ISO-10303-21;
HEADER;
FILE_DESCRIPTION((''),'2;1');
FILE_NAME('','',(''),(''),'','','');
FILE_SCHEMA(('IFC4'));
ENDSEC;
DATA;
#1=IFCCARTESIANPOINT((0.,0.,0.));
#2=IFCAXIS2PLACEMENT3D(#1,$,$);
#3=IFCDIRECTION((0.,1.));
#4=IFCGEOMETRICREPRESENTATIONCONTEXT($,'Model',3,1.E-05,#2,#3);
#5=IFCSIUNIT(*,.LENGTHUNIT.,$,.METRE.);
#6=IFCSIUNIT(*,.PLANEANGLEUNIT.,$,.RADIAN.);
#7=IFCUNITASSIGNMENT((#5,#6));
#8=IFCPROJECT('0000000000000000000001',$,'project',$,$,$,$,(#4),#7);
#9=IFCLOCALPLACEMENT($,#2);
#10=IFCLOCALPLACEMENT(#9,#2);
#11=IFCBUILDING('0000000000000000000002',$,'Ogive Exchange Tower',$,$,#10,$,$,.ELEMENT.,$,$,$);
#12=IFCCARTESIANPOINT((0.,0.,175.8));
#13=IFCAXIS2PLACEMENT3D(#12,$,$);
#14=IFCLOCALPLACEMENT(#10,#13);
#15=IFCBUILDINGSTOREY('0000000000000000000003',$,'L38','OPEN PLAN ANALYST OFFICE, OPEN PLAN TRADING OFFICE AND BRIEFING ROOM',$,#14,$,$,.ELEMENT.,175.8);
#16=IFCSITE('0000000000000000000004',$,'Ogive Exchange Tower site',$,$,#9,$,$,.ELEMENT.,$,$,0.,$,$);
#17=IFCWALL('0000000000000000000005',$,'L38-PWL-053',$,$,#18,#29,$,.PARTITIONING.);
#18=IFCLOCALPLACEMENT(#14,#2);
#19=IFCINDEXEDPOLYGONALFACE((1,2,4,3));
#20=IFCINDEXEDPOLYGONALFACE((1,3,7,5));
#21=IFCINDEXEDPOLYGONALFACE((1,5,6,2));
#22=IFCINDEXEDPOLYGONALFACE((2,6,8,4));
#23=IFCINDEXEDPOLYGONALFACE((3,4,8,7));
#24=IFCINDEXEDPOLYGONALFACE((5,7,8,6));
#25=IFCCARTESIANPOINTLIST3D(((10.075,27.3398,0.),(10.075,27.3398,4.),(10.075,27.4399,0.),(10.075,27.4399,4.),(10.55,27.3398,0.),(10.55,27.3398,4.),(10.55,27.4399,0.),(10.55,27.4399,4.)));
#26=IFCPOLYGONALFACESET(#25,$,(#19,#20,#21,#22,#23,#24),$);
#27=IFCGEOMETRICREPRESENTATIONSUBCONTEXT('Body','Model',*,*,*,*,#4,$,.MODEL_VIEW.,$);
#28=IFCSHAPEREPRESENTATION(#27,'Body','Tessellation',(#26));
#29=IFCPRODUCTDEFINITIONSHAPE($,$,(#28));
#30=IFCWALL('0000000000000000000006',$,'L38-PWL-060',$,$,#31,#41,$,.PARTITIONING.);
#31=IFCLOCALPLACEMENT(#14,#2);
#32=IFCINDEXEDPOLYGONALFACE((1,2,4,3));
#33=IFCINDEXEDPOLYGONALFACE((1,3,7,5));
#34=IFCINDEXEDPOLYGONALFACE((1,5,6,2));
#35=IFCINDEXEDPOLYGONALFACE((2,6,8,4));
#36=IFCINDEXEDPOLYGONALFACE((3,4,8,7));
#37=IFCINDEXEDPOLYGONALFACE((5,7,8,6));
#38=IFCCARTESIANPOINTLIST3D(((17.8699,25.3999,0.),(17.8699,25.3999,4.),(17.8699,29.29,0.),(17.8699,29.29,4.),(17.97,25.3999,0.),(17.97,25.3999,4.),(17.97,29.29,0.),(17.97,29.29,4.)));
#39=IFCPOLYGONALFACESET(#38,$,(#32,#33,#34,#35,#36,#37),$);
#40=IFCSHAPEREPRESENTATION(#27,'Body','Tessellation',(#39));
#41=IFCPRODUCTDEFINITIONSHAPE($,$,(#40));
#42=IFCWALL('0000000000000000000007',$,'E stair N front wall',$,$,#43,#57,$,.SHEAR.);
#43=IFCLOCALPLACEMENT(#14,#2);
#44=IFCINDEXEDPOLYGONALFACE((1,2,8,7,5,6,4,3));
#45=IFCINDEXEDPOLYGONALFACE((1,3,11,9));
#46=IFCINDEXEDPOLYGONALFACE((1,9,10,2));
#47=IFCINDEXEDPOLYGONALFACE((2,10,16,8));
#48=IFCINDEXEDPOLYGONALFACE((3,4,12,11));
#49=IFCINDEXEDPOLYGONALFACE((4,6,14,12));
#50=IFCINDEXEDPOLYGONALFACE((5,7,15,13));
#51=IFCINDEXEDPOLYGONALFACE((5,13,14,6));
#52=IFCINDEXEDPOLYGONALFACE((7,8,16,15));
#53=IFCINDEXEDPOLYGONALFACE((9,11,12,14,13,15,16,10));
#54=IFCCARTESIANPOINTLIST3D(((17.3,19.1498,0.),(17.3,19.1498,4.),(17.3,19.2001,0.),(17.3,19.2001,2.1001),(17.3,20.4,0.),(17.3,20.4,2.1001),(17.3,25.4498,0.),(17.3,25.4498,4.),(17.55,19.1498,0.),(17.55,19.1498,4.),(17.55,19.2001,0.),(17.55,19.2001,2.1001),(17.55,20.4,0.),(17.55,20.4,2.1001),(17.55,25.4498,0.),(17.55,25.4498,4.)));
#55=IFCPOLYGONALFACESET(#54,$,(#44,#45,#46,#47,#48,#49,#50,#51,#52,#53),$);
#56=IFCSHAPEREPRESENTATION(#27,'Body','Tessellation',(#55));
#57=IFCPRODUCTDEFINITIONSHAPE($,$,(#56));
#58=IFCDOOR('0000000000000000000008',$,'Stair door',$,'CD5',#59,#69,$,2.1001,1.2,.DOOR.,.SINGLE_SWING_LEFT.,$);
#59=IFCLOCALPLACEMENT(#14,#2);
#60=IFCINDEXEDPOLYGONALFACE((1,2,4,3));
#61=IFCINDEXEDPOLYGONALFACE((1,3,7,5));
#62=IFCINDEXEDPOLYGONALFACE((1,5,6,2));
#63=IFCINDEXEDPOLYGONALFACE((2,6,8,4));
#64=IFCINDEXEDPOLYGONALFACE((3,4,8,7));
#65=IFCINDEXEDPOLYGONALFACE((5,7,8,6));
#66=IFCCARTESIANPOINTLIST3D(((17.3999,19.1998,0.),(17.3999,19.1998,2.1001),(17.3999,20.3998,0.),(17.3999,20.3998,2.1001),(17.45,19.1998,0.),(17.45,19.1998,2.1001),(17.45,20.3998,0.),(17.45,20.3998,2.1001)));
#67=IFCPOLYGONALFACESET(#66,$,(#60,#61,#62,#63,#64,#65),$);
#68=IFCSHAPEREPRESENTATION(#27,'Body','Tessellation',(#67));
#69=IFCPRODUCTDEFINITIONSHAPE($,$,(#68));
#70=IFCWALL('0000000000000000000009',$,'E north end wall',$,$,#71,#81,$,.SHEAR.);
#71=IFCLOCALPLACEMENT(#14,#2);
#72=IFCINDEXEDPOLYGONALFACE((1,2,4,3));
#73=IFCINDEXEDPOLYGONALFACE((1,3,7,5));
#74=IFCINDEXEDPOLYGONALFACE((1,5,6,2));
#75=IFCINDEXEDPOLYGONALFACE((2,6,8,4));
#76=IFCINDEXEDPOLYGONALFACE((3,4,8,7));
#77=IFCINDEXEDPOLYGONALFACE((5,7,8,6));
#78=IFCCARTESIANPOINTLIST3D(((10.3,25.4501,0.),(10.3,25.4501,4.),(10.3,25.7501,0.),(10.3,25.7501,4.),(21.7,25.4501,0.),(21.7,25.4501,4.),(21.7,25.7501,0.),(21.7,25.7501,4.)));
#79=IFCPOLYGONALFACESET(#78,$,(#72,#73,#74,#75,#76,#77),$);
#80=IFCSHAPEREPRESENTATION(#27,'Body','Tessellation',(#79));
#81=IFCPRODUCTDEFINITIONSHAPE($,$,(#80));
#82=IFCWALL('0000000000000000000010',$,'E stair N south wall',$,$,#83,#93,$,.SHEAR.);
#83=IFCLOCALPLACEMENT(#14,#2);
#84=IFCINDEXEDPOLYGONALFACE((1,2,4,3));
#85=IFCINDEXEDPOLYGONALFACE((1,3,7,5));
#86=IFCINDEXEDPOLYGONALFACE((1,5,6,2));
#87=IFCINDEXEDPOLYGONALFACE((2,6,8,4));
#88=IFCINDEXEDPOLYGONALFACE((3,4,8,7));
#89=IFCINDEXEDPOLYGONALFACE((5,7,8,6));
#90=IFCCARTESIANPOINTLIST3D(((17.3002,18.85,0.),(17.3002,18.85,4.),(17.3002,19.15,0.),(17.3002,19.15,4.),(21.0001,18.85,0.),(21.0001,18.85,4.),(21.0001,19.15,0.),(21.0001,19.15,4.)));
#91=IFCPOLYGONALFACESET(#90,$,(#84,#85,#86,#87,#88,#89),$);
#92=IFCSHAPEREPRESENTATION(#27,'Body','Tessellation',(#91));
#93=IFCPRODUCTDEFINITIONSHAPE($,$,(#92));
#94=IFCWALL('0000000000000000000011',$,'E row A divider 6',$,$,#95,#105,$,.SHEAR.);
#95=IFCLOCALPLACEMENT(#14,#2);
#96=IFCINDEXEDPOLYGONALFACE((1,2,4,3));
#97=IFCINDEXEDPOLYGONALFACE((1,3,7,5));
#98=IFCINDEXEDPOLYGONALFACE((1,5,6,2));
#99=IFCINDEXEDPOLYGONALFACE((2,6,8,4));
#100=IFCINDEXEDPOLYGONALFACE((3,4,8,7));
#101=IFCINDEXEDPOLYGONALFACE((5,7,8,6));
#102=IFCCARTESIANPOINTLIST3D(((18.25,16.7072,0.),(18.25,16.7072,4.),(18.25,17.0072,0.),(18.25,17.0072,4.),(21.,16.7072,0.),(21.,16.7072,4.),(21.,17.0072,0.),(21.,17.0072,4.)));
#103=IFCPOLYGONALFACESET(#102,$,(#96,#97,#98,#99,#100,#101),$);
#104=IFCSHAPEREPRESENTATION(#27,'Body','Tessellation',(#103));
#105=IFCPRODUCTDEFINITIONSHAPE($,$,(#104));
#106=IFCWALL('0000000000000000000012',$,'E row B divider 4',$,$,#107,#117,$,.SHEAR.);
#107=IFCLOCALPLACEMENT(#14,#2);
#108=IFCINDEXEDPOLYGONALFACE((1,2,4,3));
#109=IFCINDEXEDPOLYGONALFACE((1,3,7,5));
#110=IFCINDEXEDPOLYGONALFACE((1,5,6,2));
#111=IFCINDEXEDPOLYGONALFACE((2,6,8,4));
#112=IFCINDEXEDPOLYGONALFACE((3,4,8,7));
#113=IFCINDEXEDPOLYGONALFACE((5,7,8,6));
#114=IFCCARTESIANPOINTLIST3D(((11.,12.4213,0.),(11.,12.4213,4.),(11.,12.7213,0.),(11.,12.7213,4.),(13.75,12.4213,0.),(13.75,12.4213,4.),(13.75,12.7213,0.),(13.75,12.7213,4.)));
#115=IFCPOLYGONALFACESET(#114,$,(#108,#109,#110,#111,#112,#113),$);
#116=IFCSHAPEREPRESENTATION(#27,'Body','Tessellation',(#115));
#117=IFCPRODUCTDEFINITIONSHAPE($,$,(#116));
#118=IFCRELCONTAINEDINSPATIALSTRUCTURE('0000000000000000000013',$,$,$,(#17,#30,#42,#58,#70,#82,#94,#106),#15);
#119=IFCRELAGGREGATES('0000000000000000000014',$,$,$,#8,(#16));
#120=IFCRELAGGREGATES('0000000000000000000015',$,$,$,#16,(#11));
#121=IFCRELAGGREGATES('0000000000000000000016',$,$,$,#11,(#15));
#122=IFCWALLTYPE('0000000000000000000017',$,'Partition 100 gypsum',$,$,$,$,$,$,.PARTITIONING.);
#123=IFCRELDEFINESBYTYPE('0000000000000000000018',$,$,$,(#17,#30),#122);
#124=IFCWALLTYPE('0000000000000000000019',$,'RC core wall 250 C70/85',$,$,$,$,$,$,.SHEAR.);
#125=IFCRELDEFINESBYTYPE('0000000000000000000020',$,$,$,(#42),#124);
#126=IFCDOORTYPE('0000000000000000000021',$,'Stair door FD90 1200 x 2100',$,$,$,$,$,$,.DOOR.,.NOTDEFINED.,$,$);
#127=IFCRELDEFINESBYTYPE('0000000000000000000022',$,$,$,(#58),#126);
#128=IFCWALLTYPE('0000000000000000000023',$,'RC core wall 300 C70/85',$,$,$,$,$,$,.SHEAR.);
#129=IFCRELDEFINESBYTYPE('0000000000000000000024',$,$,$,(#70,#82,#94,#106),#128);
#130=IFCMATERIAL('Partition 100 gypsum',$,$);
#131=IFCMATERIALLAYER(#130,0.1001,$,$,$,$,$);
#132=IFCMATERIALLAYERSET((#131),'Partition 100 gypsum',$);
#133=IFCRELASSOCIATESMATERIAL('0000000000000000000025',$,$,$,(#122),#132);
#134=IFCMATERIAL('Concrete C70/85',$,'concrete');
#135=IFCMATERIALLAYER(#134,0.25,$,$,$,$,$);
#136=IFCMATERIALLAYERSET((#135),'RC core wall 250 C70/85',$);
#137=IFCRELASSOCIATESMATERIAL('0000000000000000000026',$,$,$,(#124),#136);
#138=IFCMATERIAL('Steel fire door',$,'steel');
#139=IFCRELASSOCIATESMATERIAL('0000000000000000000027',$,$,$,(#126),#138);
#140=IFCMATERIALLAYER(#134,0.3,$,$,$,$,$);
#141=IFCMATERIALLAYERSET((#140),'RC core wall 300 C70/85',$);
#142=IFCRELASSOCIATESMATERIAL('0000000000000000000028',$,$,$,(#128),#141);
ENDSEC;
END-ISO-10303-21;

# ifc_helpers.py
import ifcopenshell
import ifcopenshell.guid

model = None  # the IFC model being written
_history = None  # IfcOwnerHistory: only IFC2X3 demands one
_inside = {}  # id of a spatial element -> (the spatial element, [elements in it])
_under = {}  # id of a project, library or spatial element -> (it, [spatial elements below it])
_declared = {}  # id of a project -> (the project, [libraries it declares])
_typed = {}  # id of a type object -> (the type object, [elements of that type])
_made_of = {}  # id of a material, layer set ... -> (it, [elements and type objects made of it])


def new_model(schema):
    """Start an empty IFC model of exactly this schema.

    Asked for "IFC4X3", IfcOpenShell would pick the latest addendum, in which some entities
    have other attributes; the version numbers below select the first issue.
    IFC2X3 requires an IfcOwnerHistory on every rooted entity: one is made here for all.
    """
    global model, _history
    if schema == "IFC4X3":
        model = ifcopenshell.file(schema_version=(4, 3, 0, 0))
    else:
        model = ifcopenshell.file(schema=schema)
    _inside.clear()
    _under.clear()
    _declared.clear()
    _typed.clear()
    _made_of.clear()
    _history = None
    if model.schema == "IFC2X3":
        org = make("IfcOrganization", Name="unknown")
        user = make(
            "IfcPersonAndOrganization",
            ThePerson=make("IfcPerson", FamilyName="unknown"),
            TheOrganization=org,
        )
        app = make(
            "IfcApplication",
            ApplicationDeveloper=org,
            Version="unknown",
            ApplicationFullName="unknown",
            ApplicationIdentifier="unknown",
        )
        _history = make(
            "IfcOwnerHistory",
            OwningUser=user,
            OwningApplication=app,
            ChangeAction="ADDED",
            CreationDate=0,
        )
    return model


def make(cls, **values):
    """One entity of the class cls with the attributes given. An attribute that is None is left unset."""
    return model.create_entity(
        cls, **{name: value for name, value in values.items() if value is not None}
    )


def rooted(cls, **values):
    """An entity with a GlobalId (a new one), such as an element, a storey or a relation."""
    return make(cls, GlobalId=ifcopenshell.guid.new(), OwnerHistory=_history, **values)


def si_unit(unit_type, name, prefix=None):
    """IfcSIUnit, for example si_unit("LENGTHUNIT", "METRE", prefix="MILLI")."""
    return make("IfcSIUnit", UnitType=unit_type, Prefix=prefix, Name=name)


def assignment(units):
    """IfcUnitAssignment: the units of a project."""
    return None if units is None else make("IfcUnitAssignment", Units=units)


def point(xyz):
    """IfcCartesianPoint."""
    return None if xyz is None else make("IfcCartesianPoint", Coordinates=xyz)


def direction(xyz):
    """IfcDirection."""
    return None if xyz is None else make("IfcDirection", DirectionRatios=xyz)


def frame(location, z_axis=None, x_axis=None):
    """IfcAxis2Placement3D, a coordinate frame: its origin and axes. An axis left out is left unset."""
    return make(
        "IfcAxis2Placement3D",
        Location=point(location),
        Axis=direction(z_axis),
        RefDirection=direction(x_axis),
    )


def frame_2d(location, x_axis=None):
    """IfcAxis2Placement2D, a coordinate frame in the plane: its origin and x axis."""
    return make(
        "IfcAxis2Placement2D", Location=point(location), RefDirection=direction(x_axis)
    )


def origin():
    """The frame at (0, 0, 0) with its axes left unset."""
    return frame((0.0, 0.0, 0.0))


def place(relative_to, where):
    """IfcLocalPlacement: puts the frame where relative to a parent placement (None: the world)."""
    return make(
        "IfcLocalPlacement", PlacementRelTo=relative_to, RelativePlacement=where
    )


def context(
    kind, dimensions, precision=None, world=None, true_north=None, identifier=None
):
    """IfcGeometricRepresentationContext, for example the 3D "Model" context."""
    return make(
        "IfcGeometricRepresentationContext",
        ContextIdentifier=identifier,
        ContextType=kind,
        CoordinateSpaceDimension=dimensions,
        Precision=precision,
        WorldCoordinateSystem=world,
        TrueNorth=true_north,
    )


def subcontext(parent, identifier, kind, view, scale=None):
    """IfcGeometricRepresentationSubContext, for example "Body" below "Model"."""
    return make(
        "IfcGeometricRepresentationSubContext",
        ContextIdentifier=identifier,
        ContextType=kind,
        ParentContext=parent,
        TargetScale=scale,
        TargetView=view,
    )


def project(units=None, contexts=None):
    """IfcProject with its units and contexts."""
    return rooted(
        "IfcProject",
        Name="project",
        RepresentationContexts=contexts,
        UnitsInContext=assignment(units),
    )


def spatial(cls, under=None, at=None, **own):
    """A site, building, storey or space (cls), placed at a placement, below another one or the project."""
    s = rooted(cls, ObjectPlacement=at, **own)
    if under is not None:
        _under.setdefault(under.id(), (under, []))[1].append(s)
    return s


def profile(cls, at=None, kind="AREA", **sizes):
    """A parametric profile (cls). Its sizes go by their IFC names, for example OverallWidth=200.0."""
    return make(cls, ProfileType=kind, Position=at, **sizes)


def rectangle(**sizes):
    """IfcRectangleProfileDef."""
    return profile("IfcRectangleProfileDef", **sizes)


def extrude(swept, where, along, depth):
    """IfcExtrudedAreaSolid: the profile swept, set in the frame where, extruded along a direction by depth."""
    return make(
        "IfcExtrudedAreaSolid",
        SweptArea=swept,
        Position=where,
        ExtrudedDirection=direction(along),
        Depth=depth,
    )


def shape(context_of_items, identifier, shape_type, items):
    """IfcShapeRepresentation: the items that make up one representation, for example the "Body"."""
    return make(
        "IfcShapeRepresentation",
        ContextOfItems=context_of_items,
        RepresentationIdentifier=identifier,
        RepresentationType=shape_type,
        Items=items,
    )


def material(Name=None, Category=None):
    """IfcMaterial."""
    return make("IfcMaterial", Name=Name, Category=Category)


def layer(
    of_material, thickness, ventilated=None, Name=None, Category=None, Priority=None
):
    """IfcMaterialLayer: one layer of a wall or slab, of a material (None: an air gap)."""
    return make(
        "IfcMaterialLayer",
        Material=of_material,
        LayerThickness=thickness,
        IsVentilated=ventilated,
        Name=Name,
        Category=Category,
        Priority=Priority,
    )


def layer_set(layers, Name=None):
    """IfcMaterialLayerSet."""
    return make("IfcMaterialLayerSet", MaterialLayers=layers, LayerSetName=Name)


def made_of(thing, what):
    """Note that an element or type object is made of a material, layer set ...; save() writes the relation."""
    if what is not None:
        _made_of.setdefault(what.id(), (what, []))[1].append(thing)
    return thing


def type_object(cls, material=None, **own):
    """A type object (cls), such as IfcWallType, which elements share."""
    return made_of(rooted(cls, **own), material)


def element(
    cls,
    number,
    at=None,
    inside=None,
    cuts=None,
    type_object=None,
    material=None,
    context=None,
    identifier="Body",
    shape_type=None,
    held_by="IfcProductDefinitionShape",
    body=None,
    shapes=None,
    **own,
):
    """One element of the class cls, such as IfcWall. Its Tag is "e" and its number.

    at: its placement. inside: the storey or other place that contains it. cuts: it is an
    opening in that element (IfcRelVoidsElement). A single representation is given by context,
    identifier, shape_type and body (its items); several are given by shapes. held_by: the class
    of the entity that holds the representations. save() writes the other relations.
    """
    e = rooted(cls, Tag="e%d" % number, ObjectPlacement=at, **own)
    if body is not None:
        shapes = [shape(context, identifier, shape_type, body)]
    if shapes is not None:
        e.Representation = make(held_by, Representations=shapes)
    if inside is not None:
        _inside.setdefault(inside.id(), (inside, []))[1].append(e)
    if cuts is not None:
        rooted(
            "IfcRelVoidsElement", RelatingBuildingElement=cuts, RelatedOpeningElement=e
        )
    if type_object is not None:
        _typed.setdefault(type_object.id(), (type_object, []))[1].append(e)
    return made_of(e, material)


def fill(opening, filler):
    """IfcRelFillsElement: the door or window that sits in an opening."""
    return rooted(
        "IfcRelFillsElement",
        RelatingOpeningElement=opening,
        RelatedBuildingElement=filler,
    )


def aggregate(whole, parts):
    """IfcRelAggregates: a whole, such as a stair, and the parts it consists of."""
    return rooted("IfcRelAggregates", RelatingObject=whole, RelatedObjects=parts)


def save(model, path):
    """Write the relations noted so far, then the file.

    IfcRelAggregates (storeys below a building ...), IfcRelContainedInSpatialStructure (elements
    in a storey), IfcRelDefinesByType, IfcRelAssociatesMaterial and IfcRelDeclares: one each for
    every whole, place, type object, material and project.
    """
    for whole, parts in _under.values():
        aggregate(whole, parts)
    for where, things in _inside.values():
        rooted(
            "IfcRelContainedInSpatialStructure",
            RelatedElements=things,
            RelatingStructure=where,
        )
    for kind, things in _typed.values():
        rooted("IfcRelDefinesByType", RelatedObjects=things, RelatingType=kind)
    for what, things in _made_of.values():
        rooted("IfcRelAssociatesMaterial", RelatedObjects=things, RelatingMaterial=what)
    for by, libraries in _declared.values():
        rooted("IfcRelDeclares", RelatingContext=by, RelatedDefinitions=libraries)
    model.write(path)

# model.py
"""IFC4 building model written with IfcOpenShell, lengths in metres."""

from ifc_helpers import new_model, si_unit, direction, frame, frame_2d, origin, place, context, subcontext, project, spatial, rectangle, extrude, material, layer, layer_set, type_object, element, fill, save


model = new_model("IFC4")

# Units and contexts
model_context = context("Model", 3, precision=1e-05, world=origin(), true_north=direction((0.0, 1.0)))
body_context = subcontext(model_context, "Body", "Model", "MODEL_VIEW")
ifc_project = project(units=[si_unit("LENGTHUNIT", "METRE"), si_unit("PLANEANGLEUNIT", "RADIAN")], contexts=[model_context])

# Site, building, storey
site_placement = place(None, origin())
site = spatial("IfcSite", under=ifc_project, at=site_placement, Name="Ogive Exchange Tower site", CompositionType="ELEMENT", RefElevation=0.0)
building_placement = place(site_placement, origin())
building = spatial("IfcBuilding", under=site, at=building_placement, Name="Ogive Exchange Tower", CompositionType="ELEMENT")
storey_placement = place(building_placement, frame((0.0, 0.0, 175.8)))
storey = spatial("IfcBuildingStorey", under=building, at=storey_placement, Name="L38", Description="OPEN PLAN ANALYST OFFICE, OPEN PLAN TRADING OFFICE AND BRIEFING ROOM", CompositionType="ELEMENT", Elevation=175.8)

# Walls
ifc_material_1 = material(Name="Partition 100 gypsum")
ifc_layer_1 = layer(ifc_material_1, 0.1001)
ifc_layer_set_1 = layer_set([ifc_layer_1], Name="Partition 100 gypsum")
wall_type_1 = type_object("IfcWallType", Name="Partition 100 gypsum", PredefinedType="PARTITIONING", material=ifc_layer_set_1)
wall_1_placement = place(storey_placement, frame((10.55, 27.3899, 0.0), z_axis=(0.0, 0.0, 1.0), x_axis=(-1.0, 0.0, 0.0)))
element("IfcWall", 1, at=wall_1_placement, inside=storey, type_object=wall_type_1, Name="L38-PWL-053", PredefinedType="PARTITIONING", context=body_context, shape_type="SweptSolid", body=[
    extrude(rectangle(XDim=0.4751, YDim=0.1001, at=frame_2d((0.2375, 0.0))), origin(), (0.0, 0.0, 1.0), 4.0),
])
wall_2_placement = place(storey_placement, frame((17.9199, 25.3999, 0.0), z_axis=(0.0, 0.0, 1.0), x_axis=(0.0, 1.0, 0.0)))
element("IfcWall", 2, at=wall_2_placement, inside=storey, type_object=wall_type_1, Name="L38-PWL-060", PredefinedType="PARTITIONING", context=body_context, shape_type="SweptSolid", body=[
    extrude(rectangle(XDim=3.8901, YDim=0.1001, at=frame_2d((1.9451, 0.0))), origin(), (0.0, 0.0, 1.0), 4.0),
])

# Wall, opening, door
ifc_material_2 = material(Name="Concrete C70/85", Category="concrete")
ifc_layer_2 = layer(ifc_material_2, 0.25)
ifc_layer_set_2 = layer_set([ifc_layer_2], Name="RC core wall 250 C70/85")
wall_type_2 = type_object("IfcWallType", Name="RC core wall 250 C70/85", PredefinedType="SHEAR", material=ifc_layer_set_2)
wall_3_placement = place(storey_placement, frame((17.425, 19.1499, 0.0), z_axis=(0.0, 0.0, 1.0), x_axis=(0.0, 1.0, 0.0)))
wall_3 = element("IfcWall", 3, at=wall_3_placement, inside=storey, type_object=wall_type_2, Name="E stair N front wall", PredefinedType="SHEAR", context=body_context, shape_type="SweptSolid", body=[
    extrude(rectangle(XDim=6.3, YDim=0.25, at=frame_2d((3.1499, 0.0))), origin(), (0.0, 0.0, 1.0), 4.0),
])
opening_1_placement = place(wall_3_placement, frame((0.05, 0.0, 0.0)))
opening_1 = element("IfcOpeningElement", 4, at=opening_1_placement, cuts=wall_3, PredefinedType="OPENING", context=body_context, shape_type="SweptSolid", body=[
    extrude(rectangle(XDim=1.2, YDim=2.1001, at=frame_2d((0.6001, 1.05))), frame((0.0, 0.135, 0.0), z_axis=(0.0, -1.0, 0.0), x_axis=(1.0, 0.0, 0.0)), (0.0, 0.0, 1.0), 0.27),
])
ifc_material_3 = material(Name="Steel fire door", Category="steel")
door_type_1 = type_object("IfcDoorType", Name="Stair door FD90 1200 x 2100", OperationType="NOTDEFINED", PredefinedType="DOOR", material=ifc_material_3)
door_1_placement = place(opening_1_placement, frame((1.2, 0.0, 0.0), z_axis=(0.0, 0.0, 1.0), x_axis=(-1.0, 0.0, 0.0)))
door_1 = element("IfcDoor", 5, at=door_1_placement, inside=storey, type_object=door_type_1, Name="Stair door", ObjectType="CD5", OperationType="SINGLE_SWING_LEFT", OverallHeight=2.1001, OverallWidth=1.2, PredefinedType="DOOR", context=body_context, shape_type="SweptSolid", body=[
    extrude(rectangle(XDim=1.2, YDim=2.1001, at=frame_2d((0.6001, 1.05))), frame((0.0, 0.0249, 0.0), z_axis=(0.0, -1.0, 0.0), x_axis=(1.0, 0.0, 0.0)), (0.0, 0.0, 1.0), 0.05),
])
fill(opening_1, door_1)

# Walls
ifc_layer_3 = layer(ifc_material_2, 0.3)
ifc_layer_set_3 = layer_set([ifc_layer_3], Name="RC core wall 300 C70/85")
wall_type_3 = type_object("IfcWallType", Name="RC core wall 300 C70/85", PredefinedType="SHEAR", material=ifc_layer_set_3)
wall_4_placement = place(storey_placement, frame((10.3, 25.6001, 0.0), z_axis=(0.0, 0.0, 1.0), x_axis=(1.0, 0.0, 0.0)))
element("IfcWall", 6, at=wall_4_placement, inside=storey, type_object=wall_type_3, Name="E north end wall", PredefinedType="SHEAR", context=body_context, shape_type="SweptSolid", body=[
    extrude(rectangle(XDim=11.3999, YDim=0.3, at=frame_2d((5.7, 0.0))), origin(), (0.0, 0.0, 1.0), 4.0),
])
wall_5_placement = place(storey_placement, frame((17.3, 19.0, 0.0), z_axis=(0.0, 0.0, 1.0), x_axis=(1.0, 0.0, 0.0)))
element("IfcWall", 7, at=wall_5_placement, inside=storey, type_object=wall_type_3, Name="E stair N south wall", PredefinedType="SHEAR", context=body_context, shape_type="SweptSolid", body=[
    extrude(rectangle(XDim=3.7, YDim=0.3, at=frame_2d((1.8501, 0.0))), origin(), (0.0, 0.0, 1.0), 4.0),
])
for number, where, z_axis, x_axis, name in (
    (8, (18.25, 16.8572, 0.0), (0.0, 0.0, 1.0), (1.0, 0.0, 0.0), "E row A divider 6"),
    (9, (11.0, 12.5713, 0.0), (0.0, 0.0, 1.0), (1.0, 0.0, 0.0), "E row B divider 4"),
):
    element("IfcWall", number, at=place(storey_placement, frame(where, z_axis=z_axis, x_axis=x_axis)), inside=storey, type_object=wall_type_3, Name=name, PredefinedType="SHEAR", context=body_context, shape_type="SweptSolid", body=[
        extrude(rectangle(XDim=2.75, YDim=0.3, at=frame_2d((1.375, 0.0))), origin(), (0.0, 0.0, 1.0), 4.0),
    ])

save(model, "model.ifc")
